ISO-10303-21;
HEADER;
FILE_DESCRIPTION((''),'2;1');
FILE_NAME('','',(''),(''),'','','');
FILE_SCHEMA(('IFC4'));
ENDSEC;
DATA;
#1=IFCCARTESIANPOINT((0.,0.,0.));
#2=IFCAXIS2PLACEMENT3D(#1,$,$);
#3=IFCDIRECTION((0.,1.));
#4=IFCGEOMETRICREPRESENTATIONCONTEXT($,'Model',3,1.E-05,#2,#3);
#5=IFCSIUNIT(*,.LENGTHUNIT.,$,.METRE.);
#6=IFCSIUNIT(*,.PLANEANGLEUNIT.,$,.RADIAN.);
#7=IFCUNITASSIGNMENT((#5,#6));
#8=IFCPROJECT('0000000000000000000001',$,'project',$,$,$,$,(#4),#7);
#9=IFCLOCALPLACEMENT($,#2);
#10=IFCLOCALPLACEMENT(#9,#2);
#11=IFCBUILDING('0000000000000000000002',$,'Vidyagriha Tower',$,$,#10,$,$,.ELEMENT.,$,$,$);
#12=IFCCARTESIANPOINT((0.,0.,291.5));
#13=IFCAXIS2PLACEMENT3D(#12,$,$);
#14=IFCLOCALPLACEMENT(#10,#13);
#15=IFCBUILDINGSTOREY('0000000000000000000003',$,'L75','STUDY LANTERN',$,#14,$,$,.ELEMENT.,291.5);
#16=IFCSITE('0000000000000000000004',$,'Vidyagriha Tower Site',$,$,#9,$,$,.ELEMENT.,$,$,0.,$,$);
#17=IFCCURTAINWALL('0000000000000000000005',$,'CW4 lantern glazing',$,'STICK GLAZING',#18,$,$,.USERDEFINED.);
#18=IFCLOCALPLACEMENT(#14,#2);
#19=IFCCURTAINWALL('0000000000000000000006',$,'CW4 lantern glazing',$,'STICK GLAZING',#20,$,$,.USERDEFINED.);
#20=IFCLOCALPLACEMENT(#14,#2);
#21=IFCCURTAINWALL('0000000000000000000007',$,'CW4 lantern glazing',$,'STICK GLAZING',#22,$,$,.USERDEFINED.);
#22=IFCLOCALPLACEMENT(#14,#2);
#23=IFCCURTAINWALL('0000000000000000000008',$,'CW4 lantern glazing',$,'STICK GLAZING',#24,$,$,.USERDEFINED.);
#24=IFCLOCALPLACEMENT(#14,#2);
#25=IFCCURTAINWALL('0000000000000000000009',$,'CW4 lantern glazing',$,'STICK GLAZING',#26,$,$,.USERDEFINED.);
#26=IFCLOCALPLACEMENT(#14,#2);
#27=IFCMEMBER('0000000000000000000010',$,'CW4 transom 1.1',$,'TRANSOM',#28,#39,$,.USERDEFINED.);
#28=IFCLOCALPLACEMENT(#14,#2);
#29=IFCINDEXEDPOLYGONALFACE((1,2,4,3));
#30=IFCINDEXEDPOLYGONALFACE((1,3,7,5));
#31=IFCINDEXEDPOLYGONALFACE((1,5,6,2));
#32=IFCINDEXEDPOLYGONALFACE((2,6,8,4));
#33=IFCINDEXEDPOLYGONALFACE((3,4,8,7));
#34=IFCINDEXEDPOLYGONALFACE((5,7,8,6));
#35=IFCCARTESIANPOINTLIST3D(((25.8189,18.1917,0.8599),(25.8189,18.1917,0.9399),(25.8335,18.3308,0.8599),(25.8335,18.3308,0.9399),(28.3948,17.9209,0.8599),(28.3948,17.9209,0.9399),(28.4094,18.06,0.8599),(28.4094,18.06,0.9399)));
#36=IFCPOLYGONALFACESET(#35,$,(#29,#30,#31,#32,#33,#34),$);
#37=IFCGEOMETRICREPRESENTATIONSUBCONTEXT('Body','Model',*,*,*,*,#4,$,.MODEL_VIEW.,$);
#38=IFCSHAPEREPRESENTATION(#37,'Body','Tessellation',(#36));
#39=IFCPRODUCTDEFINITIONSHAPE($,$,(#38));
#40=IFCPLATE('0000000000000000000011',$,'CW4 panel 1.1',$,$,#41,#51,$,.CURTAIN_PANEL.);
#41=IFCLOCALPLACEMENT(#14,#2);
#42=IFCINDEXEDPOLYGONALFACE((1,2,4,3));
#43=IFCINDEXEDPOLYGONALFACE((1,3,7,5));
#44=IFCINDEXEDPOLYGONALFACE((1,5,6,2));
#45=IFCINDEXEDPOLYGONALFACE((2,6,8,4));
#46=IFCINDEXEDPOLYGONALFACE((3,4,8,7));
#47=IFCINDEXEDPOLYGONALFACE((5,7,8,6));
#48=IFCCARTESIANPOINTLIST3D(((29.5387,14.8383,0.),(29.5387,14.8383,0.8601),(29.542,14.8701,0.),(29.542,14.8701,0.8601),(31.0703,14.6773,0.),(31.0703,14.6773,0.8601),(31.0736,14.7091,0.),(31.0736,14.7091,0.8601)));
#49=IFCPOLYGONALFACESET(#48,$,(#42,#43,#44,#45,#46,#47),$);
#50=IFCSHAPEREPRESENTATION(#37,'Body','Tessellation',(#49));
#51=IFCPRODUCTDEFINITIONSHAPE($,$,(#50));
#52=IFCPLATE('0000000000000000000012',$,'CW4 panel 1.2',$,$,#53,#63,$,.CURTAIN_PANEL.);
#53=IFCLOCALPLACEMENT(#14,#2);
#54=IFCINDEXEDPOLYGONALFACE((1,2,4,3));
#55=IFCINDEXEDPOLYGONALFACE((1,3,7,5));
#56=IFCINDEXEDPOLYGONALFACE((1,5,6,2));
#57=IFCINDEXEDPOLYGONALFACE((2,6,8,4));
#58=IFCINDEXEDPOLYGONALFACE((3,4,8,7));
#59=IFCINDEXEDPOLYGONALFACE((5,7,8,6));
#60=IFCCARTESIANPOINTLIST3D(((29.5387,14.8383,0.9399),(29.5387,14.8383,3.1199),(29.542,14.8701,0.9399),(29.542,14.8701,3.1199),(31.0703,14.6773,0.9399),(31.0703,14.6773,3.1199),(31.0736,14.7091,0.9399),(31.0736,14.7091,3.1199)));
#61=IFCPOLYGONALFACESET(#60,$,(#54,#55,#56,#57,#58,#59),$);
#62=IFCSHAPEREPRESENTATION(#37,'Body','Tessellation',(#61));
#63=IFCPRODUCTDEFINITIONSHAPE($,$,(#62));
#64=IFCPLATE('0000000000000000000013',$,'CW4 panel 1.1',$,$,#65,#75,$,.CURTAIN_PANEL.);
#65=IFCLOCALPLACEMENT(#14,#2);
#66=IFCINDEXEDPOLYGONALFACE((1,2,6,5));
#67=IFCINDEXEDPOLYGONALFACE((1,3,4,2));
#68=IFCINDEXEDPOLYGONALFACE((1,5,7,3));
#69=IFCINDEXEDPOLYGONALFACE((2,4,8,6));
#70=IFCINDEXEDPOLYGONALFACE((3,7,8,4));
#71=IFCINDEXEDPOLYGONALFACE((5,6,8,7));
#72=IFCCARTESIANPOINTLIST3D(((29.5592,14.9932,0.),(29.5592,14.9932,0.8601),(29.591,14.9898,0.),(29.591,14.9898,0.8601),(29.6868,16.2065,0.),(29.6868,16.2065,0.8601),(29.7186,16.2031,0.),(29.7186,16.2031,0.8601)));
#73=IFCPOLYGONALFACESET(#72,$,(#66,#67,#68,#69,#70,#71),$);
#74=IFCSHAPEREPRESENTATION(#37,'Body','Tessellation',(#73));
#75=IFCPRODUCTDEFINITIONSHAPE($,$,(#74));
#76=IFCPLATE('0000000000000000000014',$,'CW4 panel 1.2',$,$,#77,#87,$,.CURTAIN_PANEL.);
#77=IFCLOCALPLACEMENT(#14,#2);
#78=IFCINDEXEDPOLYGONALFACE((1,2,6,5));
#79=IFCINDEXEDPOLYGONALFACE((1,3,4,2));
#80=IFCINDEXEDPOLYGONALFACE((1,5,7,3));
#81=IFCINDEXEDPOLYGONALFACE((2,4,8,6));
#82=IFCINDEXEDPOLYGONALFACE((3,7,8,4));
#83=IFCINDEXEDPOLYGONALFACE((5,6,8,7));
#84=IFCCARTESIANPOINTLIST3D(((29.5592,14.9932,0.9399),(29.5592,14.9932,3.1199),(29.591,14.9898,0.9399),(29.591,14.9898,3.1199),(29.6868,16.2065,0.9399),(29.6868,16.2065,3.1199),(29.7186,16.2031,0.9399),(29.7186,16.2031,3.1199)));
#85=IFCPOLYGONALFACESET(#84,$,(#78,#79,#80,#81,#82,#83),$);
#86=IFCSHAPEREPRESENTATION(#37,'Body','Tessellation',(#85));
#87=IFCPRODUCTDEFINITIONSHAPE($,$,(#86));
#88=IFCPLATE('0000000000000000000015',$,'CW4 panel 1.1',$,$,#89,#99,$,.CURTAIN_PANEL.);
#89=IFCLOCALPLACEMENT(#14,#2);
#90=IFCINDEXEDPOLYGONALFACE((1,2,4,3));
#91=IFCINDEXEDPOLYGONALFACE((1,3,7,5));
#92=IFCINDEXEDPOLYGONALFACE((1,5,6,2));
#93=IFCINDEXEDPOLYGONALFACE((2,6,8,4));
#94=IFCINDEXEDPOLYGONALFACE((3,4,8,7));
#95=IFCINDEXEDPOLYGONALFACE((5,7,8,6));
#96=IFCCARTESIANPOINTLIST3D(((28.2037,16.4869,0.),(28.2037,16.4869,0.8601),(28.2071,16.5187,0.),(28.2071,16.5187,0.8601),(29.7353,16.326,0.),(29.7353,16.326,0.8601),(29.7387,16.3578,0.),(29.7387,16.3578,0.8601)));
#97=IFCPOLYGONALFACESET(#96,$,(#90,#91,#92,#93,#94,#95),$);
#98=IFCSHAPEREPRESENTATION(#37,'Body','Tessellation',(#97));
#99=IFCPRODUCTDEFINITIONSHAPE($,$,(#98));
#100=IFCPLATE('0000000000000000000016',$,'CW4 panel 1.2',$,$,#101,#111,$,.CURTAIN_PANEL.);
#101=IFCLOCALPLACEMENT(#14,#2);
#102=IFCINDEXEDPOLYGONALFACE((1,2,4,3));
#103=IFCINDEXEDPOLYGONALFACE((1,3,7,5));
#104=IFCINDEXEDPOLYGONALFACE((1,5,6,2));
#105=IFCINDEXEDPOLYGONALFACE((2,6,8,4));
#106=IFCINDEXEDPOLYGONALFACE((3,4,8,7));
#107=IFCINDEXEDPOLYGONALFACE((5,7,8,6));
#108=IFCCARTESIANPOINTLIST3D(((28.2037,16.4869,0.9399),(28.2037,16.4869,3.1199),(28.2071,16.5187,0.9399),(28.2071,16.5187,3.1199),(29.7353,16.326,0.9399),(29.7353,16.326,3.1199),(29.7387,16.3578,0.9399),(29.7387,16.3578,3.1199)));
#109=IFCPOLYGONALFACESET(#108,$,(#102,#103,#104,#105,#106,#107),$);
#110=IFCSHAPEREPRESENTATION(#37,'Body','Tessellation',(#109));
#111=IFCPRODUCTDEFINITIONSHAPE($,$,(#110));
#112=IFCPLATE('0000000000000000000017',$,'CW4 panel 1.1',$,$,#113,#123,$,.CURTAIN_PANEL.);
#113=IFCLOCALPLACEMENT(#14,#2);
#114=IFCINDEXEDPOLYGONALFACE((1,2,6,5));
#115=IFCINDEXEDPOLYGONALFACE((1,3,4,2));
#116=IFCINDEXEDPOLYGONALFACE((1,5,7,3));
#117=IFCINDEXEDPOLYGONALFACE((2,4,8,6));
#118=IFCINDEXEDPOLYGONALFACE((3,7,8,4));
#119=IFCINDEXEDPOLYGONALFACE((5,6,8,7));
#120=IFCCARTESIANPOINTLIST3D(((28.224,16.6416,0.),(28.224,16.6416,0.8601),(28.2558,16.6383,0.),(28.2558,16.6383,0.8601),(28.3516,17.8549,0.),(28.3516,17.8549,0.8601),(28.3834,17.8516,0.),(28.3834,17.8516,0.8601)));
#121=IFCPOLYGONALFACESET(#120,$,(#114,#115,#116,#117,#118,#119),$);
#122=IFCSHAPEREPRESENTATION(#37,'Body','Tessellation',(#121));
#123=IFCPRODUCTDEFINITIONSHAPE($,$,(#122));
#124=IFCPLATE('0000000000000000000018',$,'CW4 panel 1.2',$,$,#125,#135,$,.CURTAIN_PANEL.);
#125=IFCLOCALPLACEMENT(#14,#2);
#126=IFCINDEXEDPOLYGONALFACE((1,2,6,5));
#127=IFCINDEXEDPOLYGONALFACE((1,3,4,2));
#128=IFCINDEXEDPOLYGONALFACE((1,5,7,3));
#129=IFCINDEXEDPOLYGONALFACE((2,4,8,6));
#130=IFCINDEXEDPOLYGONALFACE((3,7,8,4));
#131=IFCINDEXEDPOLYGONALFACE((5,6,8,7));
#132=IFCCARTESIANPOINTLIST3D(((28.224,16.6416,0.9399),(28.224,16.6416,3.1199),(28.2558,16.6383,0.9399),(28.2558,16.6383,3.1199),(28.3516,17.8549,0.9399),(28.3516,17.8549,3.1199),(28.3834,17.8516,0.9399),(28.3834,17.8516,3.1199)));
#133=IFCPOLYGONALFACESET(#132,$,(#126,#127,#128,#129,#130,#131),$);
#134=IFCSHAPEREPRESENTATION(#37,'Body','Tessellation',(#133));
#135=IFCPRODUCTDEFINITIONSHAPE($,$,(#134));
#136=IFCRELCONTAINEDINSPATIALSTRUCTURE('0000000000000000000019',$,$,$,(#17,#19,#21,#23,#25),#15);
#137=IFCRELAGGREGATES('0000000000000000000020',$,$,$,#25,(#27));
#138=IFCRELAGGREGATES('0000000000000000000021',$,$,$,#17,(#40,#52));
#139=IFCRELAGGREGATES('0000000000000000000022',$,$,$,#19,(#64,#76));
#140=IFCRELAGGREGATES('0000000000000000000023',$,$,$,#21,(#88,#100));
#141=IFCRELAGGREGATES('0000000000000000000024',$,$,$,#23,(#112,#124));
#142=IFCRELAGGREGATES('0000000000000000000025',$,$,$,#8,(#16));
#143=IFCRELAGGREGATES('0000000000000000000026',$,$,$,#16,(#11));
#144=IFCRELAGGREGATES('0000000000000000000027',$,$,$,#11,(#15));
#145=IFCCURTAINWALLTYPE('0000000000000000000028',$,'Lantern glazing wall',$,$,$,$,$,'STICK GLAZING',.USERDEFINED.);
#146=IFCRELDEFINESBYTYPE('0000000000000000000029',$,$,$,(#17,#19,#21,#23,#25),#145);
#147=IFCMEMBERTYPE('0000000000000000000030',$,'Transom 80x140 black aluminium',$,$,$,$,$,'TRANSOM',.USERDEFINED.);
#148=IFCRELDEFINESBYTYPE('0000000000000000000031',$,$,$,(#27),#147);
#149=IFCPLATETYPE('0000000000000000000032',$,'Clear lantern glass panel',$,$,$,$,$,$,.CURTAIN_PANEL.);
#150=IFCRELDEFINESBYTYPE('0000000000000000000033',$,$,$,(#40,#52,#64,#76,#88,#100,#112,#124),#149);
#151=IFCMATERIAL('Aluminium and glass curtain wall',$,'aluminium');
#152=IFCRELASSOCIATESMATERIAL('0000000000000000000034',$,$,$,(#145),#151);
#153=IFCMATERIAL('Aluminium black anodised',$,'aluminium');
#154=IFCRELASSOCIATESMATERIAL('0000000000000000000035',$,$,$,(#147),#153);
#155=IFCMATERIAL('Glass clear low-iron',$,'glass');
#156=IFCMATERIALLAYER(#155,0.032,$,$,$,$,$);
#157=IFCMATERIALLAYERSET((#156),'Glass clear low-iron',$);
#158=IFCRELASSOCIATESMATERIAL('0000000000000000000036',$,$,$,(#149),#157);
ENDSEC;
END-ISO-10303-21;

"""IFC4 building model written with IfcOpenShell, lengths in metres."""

from ifc_helpers import new_model, si_unit, direction, frame, origin, origin_2d, place, context, subcontext, project, spatial, rectangle, extrude, material, layer, layer_set, material_profile, profile_set, type_object, element, aggregate, save


model = new_model("IFC4")

# Units and contexts
model_context = context("Model", 3, precision=1e-05, world=origin(), true_north=direction((0.0, 1.0)))
body_context = subcontext(model_context, "Body", "Model", "MODEL_VIEW")
ifc_project = project(units=[si_unit("LENGTHUNIT", "METRE"), si_unit("PLANEANGLEUNIT", "RADIAN")], contexts=[model_context])

# Site, building, storey
site_placement = place(None, origin())
site = spatial("IfcSite", under=ifc_project, at=site_placement, Name="Vidyagriha Tower Site", CompositionType="ELEMENT", RefElevation=0.0)
building_placement = place(site_placement, origin())
building = spatial("IfcBuilding", under=site, at=building_placement, Name="Vidyagriha Tower", CompositionType="ELEMENT")
storey_placement = place(building_placement, frame((0.0, 0.0, 291.5)))
storey = spatial("IfcBuildingStorey", under=building, at=storey_placement, Name="L75", Description="STUDY LANTERN", CompositionType="ELEMENT", Elevation=291.5)

# Shared definitions
ifc_material_1 = material(Name="Aluminium and glass curtain wall", Category="aluminium")
curtain_wall_type = type_object("IfcCurtainWallType", Name="Lantern glazing wall", ElementType="STICK GLAZING", PredefinedType="USERDEFINED", material=ifc_material_1)

# Curtain walls
curtain_wall_1_placement = place(storey_placement, origin())
curtain_wall_1 = element("IfcCurtainWall", 1, at=curtain_wall_1_placement, inside=storey, type_object=curtain_wall_type, Name="CW4 lantern glazing", ObjectType="STICK GLAZING", PredefinedType="USERDEFINED")
curtain_wall_2_placement = place(storey_placement, origin())
curtain_wall_2 = element("IfcCurtainWall", 2, at=curtain_wall_2_placement, inside=storey, type_object=curtain_wall_type, Name="CW4 lantern glazing", ObjectType="STICK GLAZING", PredefinedType="USERDEFINED")

# Curtain wall
curtain_wall_3_placement = place(storey_placement, origin())
curtain_wall_3 = element("IfcCurtainWall", 3, at=curtain_wall_3_placement, inside=storey, type_object=curtain_wall_type, Name="CW4 lantern glazing", ObjectType="STICK GLAZING", PredefinedType="USERDEFINED")

# Curtain wall
curtain_wall_4_placement = place(storey_placement, origin())
curtain_wall_4 = element("IfcCurtainWall", 4, at=curtain_wall_4_placement, inside=storey, type_object=curtain_wall_type, Name="CW4 lantern glazing", ObjectType="STICK GLAZING", PredefinedType="USERDEFINED")

# Curtain wall
curtain_wall_5_placement = place(storey_placement, origin())
curtain_wall_5 = element("IfcCurtainWall", 5, at=curtain_wall_5_placement, inside=storey, type_object=curtain_wall_type, Name="CW4 lantern glazing", ObjectType="STICK GLAZING", PredefinedType="USERDEFINED")

# Member
ifc_material_2 = material(Name="Aluminium black anodised", Category="aluminium")
ifc_material_profile_1 = material_profile(ifc_material_2, rectangle(XDim=0.1399, YDim=0.0801, at=origin_2d()), Name="Transom 80x140 black aluminium")
ifc_profile_set_1 = profile_set([ifc_material_profile_1], Name="Aluminium black anodised")
member_type_1 = type_object("IfcMemberType", Name="Transom 80x140 black aluminium", ElementType="TRANSOM", PredefinedType="USERDEFINED", material=ifc_profile_set_1)
member_1_placement = place(storey_placement, frame((28.4021, 17.9905, 0.8999), z_axis=(-0.994521, 0.104533, 0.0), x_axis=(-0.104533, -0.994521, 0.0)))
member_1 = element("IfcMember", 6, at=member_1_placement, type_object=member_type_1, Name="CW4 transom 1.1", ObjectType="TRANSOM", PredefinedType="USERDEFINED", context=body_context, shape_type="SweptSolid", body=[
    extrude(rectangle(XDim=0.1399, YDim=0.0801, at=origin_2d()), origin(), (0.0, 0.0, 1.0), 2.5901),
])
aggregate(curtain_wall_5, [member_1])

# Plates
ifc_material_3 = material(Name="Glass clear low-iron", Category="glass")
ifc_layer = layer(ifc_material_3, 0.032)
ifc_layer_set = layer_set([ifc_layer], Name="Glass clear low-iron")
plate_type = type_object("IfcPlateType", Name="Clear lantern glass panel", PredefinedType="CURTAIN_PANEL", material=ifc_layer_set)
plate_1_placement = place(storey_placement, frame((30.3062, 14.7737, 0.0), z_axis=(0.0, 0.0, 1.0), x_axis=(-0.994523, 0.104519, 0.0)))
plate_1 = element("IfcPlate", 7, at=plate_1_placement, type_object=plate_type, Name="CW4 panel 1.1", PredefinedType="CURTAIN_PANEL", context=body_context, shape_type="SweptSolid", body=[
    extrude(rectangle(XDim=1.54, YDim=0.032, at=origin_2d()), origin(), (0.0, 0.0, 1.0), 0.8601),
])
plate_2_placement = place(storey_placement, frame((30.3062, 14.7737, 0.9399), z_axis=(0.0, 0.0, 1.0), x_axis=(-0.994523, 0.104519, 0.0)))
plate_2 = element("IfcPlate", 8, at=plate_2_placement, type_object=plate_type, Name="CW4 panel 1.2", PredefinedType="CURTAIN_PANEL", context=body_context, shape_type="SweptSolid", body=[
    extrude(rectangle(XDim=1.54, YDim=0.032, at=origin_2d()), origin(), (0.0, 0.0, 1.0), 2.1799),
])
aggregate(curtain_wall_1, [plate_1, plate_2])
plate_3_placement = place(storey_placement, frame((29.6389, 15.5981, 0.0), z_axis=(0.0, 0.0, 1.0), x_axis=(0.104557, 0.994519, 0.0)))
plate_3 = element("IfcPlate", 9, at=plate_3_placement, type_object=plate_type, Name="CW4 panel 1.1", PredefinedType="CURTAIN_PANEL", context=body_context, shape_type="SweptSolid", body=[
    extrude(rectangle(XDim=1.22, YDim=0.032, at=origin_2d()), origin(), (0.0, 0.0, 1.0), 0.8601),
])
plate_4_placement = place(storey_placement, frame((29.6389, 15.5981, 0.9399), z_axis=(0.0, 0.0, 1.0), x_axis=(0.104557, 0.994519, 0.0)))
plate_4 = element("IfcPlate", 10, at=plate_4_placement, type_object=plate_type, Name="CW4 panel 1.2", PredefinedType="CURTAIN_PANEL", context=body_context, shape_type="SweptSolid", body=[
    extrude(rectangle(XDim=1.22, YDim=0.032, at=origin_2d()), origin(), (0.0, 0.0, 1.0), 2.1799),
])
aggregate(curtain_wall_2, [plate_3, plate_4])
plate_5_placement = place(storey_placement, frame((28.9712, 16.4224, 0.0), z_axis=(0.0, 0.0, 1.0), x_axis=(-0.994523, 0.104519, 0.0)))
plate_5 = element("IfcPlate", 11, at=plate_5_placement, type_object=plate_type, Name="CW4 panel 1.1", PredefinedType="CURTAIN_PANEL", context=body_context, shape_type="SweptSolid", body=[
    extrude(rectangle(XDim=1.54, YDim=0.032, at=origin_2d()), origin(), (0.0, 0.0, 1.0), 0.8601),
])
plate_6_placement = place(storey_placement, frame((28.9712, 16.4224, 0.9399), z_axis=(0.0, 0.0, 1.0), x_axis=(-0.994523, 0.104519, 0.0)))
plate_6 = element("IfcPlate", 12, at=plate_6_placement, type_object=plate_type, Name="CW4 panel 1.2", PredefinedType="CURTAIN_PANEL", context=body_context, shape_type="SweptSolid", body=[
    extrude(rectangle(XDim=1.54, YDim=0.032, at=origin_2d()), origin(), (0.0, 0.0, 1.0), 2.1799),
])
aggregate(curtain_wall_3, [plate_5, plate_6])
plate_7_placement = place(storey_placement, frame((28.3037, 17.2466, 0.0), z_axis=(0.0, 0.0, 1.0), x_axis=(0.104557, 0.994519, 0.0)))
plate_7 = element("IfcPlate", 13, at=plate_7_placement, type_object=plate_type, Name="CW4 panel 1.1", PredefinedType="CURTAIN_PANEL", context=body_context, shape_type="SweptSolid", body=[
    extrude(rectangle(XDim=1.22, YDim=0.032, at=origin_2d()), origin(), (0.0, 0.0, 1.0), 0.8601),
])
plate_8_placement = place(storey_placement, frame((28.3037, 17.2466, 0.9399), z_axis=(0.0, 0.0, 1.0), x_axis=(0.104557, 0.994519, 0.0)))
plate_8 = element("IfcPlate", 14, at=plate_8_placement, type_object=plate_type, Name="CW4 panel 1.2", PredefinedType="CURTAIN_PANEL", context=body_context, shape_type="SweptSolid", body=[
    extrude(rectangle(XDim=1.22, YDim=0.032, at=origin_2d()), origin(), (0.0, 0.0, 1.0), 2.1799),
])
aggregate(curtain_wall_4, [plate_7, plate_8])

save(model, "model.ifc")
